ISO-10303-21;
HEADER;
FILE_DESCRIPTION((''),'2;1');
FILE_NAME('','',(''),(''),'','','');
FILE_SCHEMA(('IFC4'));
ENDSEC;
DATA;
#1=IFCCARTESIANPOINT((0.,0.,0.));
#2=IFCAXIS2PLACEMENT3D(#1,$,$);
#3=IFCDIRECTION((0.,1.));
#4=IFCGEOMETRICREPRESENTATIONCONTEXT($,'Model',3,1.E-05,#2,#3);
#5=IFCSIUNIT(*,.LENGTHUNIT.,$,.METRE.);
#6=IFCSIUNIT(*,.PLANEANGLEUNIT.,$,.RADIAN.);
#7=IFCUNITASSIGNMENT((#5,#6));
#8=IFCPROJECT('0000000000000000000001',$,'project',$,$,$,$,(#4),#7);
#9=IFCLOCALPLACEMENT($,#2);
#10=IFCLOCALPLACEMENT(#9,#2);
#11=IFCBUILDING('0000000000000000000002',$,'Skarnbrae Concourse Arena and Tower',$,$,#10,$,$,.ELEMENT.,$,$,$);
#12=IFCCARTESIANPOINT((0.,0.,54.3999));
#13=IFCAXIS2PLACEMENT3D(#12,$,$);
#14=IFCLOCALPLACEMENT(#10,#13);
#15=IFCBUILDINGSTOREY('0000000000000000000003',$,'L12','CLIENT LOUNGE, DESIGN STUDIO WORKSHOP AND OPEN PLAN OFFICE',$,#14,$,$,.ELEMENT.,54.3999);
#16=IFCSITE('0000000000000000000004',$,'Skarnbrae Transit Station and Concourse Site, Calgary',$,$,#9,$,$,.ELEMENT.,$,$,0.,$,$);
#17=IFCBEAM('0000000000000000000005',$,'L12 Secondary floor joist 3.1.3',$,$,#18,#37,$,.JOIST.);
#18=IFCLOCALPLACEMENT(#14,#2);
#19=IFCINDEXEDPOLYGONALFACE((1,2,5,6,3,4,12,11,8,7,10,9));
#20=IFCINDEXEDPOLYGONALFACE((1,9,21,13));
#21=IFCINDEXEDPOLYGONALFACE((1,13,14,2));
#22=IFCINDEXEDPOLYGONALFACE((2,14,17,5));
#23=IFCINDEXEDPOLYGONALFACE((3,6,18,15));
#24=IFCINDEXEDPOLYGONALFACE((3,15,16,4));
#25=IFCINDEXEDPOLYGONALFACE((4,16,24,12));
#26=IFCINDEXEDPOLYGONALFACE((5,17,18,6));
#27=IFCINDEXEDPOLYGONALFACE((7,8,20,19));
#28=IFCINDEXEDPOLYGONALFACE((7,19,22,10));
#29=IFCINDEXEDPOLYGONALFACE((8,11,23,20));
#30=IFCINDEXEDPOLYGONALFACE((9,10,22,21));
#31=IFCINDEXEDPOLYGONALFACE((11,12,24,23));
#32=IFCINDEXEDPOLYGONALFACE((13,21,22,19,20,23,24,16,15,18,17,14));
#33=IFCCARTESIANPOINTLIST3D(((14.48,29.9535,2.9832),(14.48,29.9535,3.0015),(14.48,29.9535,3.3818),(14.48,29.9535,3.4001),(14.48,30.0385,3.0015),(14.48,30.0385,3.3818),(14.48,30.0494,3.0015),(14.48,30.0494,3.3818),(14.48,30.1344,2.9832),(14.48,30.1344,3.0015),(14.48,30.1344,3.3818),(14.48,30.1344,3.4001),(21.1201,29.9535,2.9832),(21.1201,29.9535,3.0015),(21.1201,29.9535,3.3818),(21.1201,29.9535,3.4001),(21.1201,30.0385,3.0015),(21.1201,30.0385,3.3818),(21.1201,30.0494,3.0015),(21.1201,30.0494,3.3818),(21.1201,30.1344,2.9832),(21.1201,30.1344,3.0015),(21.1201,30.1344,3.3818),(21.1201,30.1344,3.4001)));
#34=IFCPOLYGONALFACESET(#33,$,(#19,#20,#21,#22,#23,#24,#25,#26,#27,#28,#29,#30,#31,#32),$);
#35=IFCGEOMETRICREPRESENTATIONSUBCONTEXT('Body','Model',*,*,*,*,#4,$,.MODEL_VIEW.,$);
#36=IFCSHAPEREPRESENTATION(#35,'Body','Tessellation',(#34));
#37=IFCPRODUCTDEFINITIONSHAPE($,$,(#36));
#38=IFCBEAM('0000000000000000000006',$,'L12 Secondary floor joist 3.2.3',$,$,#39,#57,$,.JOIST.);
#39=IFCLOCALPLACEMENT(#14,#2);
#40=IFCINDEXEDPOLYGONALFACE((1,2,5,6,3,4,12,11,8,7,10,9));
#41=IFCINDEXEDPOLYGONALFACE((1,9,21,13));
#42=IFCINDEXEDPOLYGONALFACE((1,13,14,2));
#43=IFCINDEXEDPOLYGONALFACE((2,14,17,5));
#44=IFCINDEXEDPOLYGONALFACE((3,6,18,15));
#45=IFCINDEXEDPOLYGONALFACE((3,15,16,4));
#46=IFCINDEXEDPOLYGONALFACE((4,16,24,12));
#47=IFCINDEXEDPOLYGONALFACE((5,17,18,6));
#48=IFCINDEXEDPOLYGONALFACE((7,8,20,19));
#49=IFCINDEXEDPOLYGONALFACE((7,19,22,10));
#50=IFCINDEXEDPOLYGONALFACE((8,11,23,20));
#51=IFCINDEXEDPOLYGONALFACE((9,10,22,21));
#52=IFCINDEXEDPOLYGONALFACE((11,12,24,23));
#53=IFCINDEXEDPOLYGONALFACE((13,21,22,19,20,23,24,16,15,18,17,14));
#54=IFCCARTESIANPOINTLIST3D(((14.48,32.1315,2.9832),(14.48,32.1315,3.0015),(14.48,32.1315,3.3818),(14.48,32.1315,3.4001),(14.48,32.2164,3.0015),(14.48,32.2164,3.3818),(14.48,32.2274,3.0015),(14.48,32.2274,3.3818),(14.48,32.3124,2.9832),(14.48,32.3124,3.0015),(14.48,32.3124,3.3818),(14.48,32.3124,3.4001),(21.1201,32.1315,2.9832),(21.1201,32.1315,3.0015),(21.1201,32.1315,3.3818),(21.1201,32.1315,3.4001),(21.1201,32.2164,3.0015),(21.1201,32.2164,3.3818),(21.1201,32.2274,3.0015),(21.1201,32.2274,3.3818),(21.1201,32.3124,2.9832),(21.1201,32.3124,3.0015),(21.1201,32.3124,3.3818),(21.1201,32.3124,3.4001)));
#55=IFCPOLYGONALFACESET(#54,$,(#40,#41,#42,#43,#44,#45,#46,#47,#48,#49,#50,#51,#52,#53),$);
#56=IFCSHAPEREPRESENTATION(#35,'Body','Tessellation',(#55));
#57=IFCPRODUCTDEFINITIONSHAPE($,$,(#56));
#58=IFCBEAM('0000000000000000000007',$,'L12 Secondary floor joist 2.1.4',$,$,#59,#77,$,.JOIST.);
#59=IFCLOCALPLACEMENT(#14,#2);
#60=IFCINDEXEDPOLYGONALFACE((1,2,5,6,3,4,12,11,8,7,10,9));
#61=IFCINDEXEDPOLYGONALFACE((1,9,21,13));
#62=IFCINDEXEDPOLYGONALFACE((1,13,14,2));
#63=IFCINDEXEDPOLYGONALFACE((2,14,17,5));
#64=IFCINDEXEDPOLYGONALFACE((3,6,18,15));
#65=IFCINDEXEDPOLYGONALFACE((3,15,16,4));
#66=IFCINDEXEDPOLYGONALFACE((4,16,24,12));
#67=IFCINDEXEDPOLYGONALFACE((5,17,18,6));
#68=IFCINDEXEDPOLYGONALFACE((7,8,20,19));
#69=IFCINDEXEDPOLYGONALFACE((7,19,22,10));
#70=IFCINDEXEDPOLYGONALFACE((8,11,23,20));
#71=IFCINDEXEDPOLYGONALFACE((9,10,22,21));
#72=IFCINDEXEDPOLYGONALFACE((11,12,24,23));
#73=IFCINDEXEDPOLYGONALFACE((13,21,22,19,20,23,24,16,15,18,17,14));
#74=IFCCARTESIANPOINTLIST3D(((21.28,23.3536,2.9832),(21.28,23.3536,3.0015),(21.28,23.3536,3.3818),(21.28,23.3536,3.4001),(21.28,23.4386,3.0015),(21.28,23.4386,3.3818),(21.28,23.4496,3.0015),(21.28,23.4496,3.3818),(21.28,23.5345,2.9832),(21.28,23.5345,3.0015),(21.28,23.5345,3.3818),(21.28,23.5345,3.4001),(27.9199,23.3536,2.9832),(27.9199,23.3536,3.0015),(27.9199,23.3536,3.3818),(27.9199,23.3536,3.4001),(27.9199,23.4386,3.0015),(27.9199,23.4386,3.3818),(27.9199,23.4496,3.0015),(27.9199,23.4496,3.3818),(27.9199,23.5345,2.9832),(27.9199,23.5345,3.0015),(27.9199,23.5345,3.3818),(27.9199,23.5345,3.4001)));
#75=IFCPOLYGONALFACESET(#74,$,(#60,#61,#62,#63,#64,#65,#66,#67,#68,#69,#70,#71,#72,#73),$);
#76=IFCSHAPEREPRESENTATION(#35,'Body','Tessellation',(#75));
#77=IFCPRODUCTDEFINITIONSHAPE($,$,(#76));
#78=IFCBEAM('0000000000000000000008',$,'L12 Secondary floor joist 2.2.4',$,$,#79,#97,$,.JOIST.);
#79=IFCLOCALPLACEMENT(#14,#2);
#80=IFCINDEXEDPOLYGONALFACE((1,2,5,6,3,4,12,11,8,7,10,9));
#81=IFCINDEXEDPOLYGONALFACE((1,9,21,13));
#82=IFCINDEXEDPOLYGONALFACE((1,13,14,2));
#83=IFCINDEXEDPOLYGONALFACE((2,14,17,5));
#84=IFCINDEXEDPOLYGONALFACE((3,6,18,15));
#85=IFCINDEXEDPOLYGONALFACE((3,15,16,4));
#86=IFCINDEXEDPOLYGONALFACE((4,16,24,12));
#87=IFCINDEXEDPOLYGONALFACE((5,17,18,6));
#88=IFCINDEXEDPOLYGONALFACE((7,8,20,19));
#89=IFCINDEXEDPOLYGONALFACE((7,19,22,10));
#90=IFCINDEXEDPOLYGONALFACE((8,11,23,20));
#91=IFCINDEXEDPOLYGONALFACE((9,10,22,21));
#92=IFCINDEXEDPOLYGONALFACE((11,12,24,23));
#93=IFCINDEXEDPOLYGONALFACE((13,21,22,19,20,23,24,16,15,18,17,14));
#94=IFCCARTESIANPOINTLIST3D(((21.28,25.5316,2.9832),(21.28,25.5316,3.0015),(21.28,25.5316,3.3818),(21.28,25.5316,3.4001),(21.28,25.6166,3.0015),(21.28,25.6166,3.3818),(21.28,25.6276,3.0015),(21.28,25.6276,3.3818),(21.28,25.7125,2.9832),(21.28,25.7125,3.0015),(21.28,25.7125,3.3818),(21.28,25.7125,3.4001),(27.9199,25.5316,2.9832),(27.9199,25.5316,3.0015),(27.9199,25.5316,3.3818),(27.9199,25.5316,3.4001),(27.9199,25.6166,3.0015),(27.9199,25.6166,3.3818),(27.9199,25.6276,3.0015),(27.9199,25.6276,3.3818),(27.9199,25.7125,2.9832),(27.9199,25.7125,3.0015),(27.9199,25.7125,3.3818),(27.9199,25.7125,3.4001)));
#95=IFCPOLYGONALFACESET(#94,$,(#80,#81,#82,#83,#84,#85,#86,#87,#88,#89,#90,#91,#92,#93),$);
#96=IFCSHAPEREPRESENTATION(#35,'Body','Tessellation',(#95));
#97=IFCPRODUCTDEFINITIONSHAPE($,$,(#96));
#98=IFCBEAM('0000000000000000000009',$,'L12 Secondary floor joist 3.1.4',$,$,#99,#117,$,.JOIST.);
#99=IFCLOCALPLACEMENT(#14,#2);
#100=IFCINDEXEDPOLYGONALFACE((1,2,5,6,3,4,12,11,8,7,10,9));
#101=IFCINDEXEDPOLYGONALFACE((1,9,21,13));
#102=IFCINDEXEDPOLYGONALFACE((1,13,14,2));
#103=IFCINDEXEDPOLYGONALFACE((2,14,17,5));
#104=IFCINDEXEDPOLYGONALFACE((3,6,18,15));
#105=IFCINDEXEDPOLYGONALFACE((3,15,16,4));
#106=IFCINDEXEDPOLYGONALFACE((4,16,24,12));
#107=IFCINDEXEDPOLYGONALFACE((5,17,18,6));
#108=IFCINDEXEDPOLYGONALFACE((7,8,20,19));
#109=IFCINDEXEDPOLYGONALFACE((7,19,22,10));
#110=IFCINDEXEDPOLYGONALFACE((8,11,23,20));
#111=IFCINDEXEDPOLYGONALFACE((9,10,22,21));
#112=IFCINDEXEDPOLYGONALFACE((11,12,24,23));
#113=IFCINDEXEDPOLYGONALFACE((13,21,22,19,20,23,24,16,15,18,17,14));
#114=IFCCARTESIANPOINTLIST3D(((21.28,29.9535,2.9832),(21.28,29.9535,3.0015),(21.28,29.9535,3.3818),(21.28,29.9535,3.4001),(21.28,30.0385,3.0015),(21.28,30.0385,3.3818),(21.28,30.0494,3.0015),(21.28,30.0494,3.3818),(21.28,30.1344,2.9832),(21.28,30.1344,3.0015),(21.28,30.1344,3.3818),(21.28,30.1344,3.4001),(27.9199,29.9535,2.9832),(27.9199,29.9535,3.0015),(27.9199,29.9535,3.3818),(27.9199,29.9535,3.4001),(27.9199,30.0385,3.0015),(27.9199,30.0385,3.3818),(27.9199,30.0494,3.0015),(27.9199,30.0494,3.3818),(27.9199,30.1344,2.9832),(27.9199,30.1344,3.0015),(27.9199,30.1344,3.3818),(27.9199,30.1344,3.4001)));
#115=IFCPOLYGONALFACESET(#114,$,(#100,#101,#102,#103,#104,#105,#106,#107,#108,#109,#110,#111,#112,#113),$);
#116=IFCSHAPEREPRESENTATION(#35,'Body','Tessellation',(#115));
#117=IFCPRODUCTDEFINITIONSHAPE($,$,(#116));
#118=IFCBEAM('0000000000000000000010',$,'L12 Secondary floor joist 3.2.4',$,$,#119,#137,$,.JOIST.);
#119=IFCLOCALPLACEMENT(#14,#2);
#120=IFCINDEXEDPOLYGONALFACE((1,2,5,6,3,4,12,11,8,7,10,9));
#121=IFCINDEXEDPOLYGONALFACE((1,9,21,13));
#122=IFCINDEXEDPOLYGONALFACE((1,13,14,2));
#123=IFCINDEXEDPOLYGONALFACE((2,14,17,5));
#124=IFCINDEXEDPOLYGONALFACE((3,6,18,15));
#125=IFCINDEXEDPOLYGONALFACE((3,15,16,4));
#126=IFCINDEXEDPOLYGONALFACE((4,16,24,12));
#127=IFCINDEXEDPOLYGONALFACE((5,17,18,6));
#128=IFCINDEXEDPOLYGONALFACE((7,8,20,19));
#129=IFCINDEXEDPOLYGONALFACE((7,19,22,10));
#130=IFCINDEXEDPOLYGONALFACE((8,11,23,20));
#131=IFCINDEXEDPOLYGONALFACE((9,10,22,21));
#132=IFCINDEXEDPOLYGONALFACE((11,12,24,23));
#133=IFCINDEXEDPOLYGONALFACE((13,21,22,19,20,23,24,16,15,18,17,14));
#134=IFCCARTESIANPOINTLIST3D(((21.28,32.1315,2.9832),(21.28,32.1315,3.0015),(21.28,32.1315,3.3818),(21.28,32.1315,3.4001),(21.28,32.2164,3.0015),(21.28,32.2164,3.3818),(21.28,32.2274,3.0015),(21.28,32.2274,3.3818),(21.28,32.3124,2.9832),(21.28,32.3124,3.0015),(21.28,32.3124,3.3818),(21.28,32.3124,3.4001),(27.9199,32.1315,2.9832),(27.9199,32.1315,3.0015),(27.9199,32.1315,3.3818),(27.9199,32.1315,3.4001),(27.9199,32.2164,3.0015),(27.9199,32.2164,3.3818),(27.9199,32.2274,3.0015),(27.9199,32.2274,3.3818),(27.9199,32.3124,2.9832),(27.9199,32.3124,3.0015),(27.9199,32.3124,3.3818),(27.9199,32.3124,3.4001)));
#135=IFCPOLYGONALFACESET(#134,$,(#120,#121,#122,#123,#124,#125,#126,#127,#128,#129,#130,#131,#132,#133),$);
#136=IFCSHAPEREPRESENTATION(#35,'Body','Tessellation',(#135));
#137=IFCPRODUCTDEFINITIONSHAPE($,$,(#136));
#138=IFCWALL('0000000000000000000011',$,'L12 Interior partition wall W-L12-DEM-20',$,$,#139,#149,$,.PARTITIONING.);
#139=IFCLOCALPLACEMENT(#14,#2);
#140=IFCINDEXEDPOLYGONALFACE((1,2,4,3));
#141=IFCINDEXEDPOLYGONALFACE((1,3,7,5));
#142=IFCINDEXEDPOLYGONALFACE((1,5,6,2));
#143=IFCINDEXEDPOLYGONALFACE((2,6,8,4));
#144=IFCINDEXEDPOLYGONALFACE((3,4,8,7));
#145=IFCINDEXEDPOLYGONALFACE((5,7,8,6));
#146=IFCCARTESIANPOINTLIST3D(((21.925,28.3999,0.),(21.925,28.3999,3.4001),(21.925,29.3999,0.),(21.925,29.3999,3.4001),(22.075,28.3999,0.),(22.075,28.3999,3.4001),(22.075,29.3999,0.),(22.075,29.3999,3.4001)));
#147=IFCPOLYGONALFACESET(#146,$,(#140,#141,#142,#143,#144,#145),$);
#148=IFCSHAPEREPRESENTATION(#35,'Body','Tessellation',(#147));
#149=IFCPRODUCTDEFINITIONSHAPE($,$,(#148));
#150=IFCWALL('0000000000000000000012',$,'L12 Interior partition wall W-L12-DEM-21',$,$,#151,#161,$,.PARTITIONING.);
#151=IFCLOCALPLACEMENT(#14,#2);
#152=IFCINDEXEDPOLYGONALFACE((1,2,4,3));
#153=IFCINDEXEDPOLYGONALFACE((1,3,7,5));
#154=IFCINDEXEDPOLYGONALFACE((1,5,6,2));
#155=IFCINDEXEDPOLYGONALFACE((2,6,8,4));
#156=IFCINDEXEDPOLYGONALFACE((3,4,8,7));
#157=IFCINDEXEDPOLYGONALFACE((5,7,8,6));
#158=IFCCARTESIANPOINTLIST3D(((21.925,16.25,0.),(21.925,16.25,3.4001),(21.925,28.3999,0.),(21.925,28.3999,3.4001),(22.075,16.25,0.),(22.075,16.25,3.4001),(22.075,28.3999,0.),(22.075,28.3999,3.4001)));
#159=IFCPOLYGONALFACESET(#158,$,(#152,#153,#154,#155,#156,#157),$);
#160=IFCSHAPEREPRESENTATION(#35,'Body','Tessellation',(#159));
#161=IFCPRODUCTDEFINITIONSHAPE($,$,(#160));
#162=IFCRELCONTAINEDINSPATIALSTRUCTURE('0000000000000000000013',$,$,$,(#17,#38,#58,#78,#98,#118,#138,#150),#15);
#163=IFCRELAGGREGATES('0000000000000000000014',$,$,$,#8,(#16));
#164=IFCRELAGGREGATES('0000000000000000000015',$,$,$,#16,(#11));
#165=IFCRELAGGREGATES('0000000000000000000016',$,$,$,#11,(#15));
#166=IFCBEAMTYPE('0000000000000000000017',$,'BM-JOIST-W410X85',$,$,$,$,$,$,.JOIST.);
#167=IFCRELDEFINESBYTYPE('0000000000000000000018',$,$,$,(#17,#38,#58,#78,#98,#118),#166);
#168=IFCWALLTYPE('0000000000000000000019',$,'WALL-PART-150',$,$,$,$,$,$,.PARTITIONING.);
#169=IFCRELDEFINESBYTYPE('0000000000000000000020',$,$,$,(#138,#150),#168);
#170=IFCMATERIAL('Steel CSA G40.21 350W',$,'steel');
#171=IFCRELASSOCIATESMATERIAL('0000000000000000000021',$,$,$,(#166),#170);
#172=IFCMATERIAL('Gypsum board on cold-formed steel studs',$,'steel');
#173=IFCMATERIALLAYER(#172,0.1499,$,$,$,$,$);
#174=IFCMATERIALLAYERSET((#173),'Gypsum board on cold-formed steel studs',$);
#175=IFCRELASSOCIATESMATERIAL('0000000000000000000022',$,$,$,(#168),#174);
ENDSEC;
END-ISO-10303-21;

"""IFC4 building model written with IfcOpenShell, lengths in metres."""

from ifc_helpers import new_model, si_unit, direction, frame, frame_2d, origin, origin_2d, place, context, subcontext, project, spatial, rectangle, i_section, extrude, source, transform, mapped, material, layer, layer_set, material_profile, profile_set, type_object, element, save


model = new_model("IFC4")

# Units and contexts
model_context = context("Model", 3, precision=1e-05, world=origin(), true_north=direction((0.0, 1.0)))
body_context = subcontext(model_context, "Body", "Model", "MODEL_VIEW")
ifc_project = project(units=[si_unit("LENGTHUNIT", "METRE"), si_unit("PLANEANGLEUNIT", "RADIAN")], contexts=[model_context])

# Site, building, storey
site_placement = place(None, origin())
site = spatial("IfcSite", under=ifc_project, at=site_placement, Name="Skarnbrae Transit Station and Concourse Site, Calgary", CompositionType="ELEMENT", RefElevation=0.0)
building_placement = place(site_placement, origin())
building = spatial("IfcBuilding", under=site, at=building_placement, Name="Skarnbrae Concourse Arena and Tower", CompositionType="ELEMENT")
storey_placement = place(building_placement, frame((0.0, 0.0, 54.3999)))
storey = spatial("IfcBuildingStorey", under=building, at=storey_placement, Name="L12", Description="CLIENT LOUNGE, DESIGN STUDIO WORKSHOP AND OPEN PLAN OFFICE", CompositionType="ELEMENT", Elevation=54.3999)

# Shared definitions
ifc_material_1 = material(Name="Steel CSA G40.21 350W", Category="steel")

# Beams
ifc_material_profile_1 = material_profile(ifc_material_1, i_section(OverallWidth=0.1809, OverallDepth=0.417, WebThickness=0.011, FlangeThickness=0.0183, at=origin_2d()), Name="W410X85")
ifc_profile_set_1 = profile_set([ifc_material_profile_1], Name="Steel CSA G40.21 350W")
beam_type_1 = type_object("IfcBeamType", Name="BM-JOIST-W410X85", PredefinedType="JOIST", material=ifc_profile_set_1)
shared_shape_1 = source(origin(), body_context, "Body", "SweptSolid", [
    extrude(i_section(OverallWidth=0.1809, OverallDepth=0.417, WebThickness=0.011, FlangeThickness=0.0183, at=origin_2d()), origin(), (0.0, 0.0, 1.0), 6.6401),
])
for number, where, z_axis, x_axis, name in (
    (1, (14.48, 30.0439, 3.1917), (1.0, 0.0, 0.0), (0.0, 1.0, 0.0), "L12 Secondary floor joist 3.1.3"),
    (2, (14.48, 32.2219, 3.1917), (1.0, 0.0, 0.0), (0.0, 1.0, 0.0), "L12 Secondary floor joist 3.2.3"),
):
    element("IfcBeam", number, at=place(storey_placement, frame(where, z_axis=z_axis, x_axis=x_axis)), inside=storey, type_object=beam_type_1, Name=name, PredefinedType="JOIST", context=body_context, shape_type="MappedRepresentation", body=[
        mapped(shared_shape_1, transform((0.0, 0.0, 0.0))),
    ])
shared_shape_2 = source(origin(), body_context, "Body", "SweptSolid", [
    extrude(i_section(OverallWidth=0.1809, OverallDepth=0.417, WebThickness=0.011, FlangeThickness=0.0183, at=origin_2d()), origin(), (0.0, 0.0, 1.0), 6.6399),
])
for number, where, z_axis, x_axis, name in (
    (3, (21.28, 23.4441, 3.1917), (1.0, 0.0, 0.0), (0.0, 1.0, 0.0), "L12 Secondary floor joist 2.1.4"),
    (4, (21.28, 25.6221, 3.1917), (1.0, 0.0, 0.0), (0.0, 1.0, 0.0), "L12 Secondary floor joist 2.2.4"),
    (5, (21.28, 30.0439, 3.1917), (1.0, 0.0, 0.0), (0.0, 1.0, 0.0), "L12 Secondary floor joist 3.1.4"),
    (6, (21.28, 32.2219, 3.1917), (1.0, 0.0, 0.0), (0.0, 1.0, 0.0), "L12 Secondary floor joist 3.2.4"),
):
    element("IfcBeam", number, at=place(storey_placement, frame(where, z_axis=z_axis, x_axis=x_axis)), inside=storey, type_object=beam_type_1, Name=name, PredefinedType="JOIST", context=body_context, shape_type="MappedRepresentation", body=[
        mapped(shared_shape_2, transform((0.0, 0.0, 0.0))),
    ])

# Walls
ifc_material_2 = material(Name="Gypsum board on cold-formed steel studs", Category="steel")
ifc_layer = layer(ifc_material_2, 0.1499)
ifc_layer_set = layer_set([ifc_layer], Name="Gypsum board on cold-formed steel studs")
wall_type = type_object("IfcWallType", Name="WALL-PART-150", PredefinedType="PARTITIONING", material=ifc_layer_set)
shared_shape_3 = source(origin(), body_context, "Body", "SweptSolid", [
    extrude(rectangle(XDim=1.0, YDim=0.1499, at=frame_2d((0.5, 0.0))), origin(), (0.0, 0.0, 1.0), 3.4001),
])
wall_1_placement = place(storey_placement, frame((22.0, 29.3999, 0.0), z_axis=(0.0, 0.0, 1.0), x_axis=(0.0, -1.0, 0.0)))
element("IfcWall", 7, at=wall_1_placement, inside=storey, type_object=wall_type, Name="L12 Interior partition wall W-L12-DEM-20", PredefinedType="PARTITIONING", context=body_context, shape_type="MappedRepresentation", body=[
    mapped(shared_shape_3, transform((0.0, 0.0, 0.0))),
])
shared_shape_4 = source(origin(), body_context, "Body", "SweptSolid", [
    extrude(rectangle(XDim=12.1499, YDim=0.1499, at=frame_2d((6.075, 0.0))), origin(), (0.0, 0.0, 1.0), 3.4001),
])
wall_2_placement = place(storey_placement, frame((22.0, 28.3999, 0.0), z_axis=(0.0, 0.0, 1.0), x_axis=(0.0, -1.0, 0.0)))
element("IfcWall", 8, at=wall_2_placement, inside=storey, type_object=wall_type, Name="L12 Interior partition wall W-L12-DEM-21", PredefinedType="PARTITIONING", context=body_context, shape_type="MappedRepresentation", body=[
    mapped(shared_shape_4, transform((0.0, 0.0, 0.0))),
])

save(model, "model.ifc")
